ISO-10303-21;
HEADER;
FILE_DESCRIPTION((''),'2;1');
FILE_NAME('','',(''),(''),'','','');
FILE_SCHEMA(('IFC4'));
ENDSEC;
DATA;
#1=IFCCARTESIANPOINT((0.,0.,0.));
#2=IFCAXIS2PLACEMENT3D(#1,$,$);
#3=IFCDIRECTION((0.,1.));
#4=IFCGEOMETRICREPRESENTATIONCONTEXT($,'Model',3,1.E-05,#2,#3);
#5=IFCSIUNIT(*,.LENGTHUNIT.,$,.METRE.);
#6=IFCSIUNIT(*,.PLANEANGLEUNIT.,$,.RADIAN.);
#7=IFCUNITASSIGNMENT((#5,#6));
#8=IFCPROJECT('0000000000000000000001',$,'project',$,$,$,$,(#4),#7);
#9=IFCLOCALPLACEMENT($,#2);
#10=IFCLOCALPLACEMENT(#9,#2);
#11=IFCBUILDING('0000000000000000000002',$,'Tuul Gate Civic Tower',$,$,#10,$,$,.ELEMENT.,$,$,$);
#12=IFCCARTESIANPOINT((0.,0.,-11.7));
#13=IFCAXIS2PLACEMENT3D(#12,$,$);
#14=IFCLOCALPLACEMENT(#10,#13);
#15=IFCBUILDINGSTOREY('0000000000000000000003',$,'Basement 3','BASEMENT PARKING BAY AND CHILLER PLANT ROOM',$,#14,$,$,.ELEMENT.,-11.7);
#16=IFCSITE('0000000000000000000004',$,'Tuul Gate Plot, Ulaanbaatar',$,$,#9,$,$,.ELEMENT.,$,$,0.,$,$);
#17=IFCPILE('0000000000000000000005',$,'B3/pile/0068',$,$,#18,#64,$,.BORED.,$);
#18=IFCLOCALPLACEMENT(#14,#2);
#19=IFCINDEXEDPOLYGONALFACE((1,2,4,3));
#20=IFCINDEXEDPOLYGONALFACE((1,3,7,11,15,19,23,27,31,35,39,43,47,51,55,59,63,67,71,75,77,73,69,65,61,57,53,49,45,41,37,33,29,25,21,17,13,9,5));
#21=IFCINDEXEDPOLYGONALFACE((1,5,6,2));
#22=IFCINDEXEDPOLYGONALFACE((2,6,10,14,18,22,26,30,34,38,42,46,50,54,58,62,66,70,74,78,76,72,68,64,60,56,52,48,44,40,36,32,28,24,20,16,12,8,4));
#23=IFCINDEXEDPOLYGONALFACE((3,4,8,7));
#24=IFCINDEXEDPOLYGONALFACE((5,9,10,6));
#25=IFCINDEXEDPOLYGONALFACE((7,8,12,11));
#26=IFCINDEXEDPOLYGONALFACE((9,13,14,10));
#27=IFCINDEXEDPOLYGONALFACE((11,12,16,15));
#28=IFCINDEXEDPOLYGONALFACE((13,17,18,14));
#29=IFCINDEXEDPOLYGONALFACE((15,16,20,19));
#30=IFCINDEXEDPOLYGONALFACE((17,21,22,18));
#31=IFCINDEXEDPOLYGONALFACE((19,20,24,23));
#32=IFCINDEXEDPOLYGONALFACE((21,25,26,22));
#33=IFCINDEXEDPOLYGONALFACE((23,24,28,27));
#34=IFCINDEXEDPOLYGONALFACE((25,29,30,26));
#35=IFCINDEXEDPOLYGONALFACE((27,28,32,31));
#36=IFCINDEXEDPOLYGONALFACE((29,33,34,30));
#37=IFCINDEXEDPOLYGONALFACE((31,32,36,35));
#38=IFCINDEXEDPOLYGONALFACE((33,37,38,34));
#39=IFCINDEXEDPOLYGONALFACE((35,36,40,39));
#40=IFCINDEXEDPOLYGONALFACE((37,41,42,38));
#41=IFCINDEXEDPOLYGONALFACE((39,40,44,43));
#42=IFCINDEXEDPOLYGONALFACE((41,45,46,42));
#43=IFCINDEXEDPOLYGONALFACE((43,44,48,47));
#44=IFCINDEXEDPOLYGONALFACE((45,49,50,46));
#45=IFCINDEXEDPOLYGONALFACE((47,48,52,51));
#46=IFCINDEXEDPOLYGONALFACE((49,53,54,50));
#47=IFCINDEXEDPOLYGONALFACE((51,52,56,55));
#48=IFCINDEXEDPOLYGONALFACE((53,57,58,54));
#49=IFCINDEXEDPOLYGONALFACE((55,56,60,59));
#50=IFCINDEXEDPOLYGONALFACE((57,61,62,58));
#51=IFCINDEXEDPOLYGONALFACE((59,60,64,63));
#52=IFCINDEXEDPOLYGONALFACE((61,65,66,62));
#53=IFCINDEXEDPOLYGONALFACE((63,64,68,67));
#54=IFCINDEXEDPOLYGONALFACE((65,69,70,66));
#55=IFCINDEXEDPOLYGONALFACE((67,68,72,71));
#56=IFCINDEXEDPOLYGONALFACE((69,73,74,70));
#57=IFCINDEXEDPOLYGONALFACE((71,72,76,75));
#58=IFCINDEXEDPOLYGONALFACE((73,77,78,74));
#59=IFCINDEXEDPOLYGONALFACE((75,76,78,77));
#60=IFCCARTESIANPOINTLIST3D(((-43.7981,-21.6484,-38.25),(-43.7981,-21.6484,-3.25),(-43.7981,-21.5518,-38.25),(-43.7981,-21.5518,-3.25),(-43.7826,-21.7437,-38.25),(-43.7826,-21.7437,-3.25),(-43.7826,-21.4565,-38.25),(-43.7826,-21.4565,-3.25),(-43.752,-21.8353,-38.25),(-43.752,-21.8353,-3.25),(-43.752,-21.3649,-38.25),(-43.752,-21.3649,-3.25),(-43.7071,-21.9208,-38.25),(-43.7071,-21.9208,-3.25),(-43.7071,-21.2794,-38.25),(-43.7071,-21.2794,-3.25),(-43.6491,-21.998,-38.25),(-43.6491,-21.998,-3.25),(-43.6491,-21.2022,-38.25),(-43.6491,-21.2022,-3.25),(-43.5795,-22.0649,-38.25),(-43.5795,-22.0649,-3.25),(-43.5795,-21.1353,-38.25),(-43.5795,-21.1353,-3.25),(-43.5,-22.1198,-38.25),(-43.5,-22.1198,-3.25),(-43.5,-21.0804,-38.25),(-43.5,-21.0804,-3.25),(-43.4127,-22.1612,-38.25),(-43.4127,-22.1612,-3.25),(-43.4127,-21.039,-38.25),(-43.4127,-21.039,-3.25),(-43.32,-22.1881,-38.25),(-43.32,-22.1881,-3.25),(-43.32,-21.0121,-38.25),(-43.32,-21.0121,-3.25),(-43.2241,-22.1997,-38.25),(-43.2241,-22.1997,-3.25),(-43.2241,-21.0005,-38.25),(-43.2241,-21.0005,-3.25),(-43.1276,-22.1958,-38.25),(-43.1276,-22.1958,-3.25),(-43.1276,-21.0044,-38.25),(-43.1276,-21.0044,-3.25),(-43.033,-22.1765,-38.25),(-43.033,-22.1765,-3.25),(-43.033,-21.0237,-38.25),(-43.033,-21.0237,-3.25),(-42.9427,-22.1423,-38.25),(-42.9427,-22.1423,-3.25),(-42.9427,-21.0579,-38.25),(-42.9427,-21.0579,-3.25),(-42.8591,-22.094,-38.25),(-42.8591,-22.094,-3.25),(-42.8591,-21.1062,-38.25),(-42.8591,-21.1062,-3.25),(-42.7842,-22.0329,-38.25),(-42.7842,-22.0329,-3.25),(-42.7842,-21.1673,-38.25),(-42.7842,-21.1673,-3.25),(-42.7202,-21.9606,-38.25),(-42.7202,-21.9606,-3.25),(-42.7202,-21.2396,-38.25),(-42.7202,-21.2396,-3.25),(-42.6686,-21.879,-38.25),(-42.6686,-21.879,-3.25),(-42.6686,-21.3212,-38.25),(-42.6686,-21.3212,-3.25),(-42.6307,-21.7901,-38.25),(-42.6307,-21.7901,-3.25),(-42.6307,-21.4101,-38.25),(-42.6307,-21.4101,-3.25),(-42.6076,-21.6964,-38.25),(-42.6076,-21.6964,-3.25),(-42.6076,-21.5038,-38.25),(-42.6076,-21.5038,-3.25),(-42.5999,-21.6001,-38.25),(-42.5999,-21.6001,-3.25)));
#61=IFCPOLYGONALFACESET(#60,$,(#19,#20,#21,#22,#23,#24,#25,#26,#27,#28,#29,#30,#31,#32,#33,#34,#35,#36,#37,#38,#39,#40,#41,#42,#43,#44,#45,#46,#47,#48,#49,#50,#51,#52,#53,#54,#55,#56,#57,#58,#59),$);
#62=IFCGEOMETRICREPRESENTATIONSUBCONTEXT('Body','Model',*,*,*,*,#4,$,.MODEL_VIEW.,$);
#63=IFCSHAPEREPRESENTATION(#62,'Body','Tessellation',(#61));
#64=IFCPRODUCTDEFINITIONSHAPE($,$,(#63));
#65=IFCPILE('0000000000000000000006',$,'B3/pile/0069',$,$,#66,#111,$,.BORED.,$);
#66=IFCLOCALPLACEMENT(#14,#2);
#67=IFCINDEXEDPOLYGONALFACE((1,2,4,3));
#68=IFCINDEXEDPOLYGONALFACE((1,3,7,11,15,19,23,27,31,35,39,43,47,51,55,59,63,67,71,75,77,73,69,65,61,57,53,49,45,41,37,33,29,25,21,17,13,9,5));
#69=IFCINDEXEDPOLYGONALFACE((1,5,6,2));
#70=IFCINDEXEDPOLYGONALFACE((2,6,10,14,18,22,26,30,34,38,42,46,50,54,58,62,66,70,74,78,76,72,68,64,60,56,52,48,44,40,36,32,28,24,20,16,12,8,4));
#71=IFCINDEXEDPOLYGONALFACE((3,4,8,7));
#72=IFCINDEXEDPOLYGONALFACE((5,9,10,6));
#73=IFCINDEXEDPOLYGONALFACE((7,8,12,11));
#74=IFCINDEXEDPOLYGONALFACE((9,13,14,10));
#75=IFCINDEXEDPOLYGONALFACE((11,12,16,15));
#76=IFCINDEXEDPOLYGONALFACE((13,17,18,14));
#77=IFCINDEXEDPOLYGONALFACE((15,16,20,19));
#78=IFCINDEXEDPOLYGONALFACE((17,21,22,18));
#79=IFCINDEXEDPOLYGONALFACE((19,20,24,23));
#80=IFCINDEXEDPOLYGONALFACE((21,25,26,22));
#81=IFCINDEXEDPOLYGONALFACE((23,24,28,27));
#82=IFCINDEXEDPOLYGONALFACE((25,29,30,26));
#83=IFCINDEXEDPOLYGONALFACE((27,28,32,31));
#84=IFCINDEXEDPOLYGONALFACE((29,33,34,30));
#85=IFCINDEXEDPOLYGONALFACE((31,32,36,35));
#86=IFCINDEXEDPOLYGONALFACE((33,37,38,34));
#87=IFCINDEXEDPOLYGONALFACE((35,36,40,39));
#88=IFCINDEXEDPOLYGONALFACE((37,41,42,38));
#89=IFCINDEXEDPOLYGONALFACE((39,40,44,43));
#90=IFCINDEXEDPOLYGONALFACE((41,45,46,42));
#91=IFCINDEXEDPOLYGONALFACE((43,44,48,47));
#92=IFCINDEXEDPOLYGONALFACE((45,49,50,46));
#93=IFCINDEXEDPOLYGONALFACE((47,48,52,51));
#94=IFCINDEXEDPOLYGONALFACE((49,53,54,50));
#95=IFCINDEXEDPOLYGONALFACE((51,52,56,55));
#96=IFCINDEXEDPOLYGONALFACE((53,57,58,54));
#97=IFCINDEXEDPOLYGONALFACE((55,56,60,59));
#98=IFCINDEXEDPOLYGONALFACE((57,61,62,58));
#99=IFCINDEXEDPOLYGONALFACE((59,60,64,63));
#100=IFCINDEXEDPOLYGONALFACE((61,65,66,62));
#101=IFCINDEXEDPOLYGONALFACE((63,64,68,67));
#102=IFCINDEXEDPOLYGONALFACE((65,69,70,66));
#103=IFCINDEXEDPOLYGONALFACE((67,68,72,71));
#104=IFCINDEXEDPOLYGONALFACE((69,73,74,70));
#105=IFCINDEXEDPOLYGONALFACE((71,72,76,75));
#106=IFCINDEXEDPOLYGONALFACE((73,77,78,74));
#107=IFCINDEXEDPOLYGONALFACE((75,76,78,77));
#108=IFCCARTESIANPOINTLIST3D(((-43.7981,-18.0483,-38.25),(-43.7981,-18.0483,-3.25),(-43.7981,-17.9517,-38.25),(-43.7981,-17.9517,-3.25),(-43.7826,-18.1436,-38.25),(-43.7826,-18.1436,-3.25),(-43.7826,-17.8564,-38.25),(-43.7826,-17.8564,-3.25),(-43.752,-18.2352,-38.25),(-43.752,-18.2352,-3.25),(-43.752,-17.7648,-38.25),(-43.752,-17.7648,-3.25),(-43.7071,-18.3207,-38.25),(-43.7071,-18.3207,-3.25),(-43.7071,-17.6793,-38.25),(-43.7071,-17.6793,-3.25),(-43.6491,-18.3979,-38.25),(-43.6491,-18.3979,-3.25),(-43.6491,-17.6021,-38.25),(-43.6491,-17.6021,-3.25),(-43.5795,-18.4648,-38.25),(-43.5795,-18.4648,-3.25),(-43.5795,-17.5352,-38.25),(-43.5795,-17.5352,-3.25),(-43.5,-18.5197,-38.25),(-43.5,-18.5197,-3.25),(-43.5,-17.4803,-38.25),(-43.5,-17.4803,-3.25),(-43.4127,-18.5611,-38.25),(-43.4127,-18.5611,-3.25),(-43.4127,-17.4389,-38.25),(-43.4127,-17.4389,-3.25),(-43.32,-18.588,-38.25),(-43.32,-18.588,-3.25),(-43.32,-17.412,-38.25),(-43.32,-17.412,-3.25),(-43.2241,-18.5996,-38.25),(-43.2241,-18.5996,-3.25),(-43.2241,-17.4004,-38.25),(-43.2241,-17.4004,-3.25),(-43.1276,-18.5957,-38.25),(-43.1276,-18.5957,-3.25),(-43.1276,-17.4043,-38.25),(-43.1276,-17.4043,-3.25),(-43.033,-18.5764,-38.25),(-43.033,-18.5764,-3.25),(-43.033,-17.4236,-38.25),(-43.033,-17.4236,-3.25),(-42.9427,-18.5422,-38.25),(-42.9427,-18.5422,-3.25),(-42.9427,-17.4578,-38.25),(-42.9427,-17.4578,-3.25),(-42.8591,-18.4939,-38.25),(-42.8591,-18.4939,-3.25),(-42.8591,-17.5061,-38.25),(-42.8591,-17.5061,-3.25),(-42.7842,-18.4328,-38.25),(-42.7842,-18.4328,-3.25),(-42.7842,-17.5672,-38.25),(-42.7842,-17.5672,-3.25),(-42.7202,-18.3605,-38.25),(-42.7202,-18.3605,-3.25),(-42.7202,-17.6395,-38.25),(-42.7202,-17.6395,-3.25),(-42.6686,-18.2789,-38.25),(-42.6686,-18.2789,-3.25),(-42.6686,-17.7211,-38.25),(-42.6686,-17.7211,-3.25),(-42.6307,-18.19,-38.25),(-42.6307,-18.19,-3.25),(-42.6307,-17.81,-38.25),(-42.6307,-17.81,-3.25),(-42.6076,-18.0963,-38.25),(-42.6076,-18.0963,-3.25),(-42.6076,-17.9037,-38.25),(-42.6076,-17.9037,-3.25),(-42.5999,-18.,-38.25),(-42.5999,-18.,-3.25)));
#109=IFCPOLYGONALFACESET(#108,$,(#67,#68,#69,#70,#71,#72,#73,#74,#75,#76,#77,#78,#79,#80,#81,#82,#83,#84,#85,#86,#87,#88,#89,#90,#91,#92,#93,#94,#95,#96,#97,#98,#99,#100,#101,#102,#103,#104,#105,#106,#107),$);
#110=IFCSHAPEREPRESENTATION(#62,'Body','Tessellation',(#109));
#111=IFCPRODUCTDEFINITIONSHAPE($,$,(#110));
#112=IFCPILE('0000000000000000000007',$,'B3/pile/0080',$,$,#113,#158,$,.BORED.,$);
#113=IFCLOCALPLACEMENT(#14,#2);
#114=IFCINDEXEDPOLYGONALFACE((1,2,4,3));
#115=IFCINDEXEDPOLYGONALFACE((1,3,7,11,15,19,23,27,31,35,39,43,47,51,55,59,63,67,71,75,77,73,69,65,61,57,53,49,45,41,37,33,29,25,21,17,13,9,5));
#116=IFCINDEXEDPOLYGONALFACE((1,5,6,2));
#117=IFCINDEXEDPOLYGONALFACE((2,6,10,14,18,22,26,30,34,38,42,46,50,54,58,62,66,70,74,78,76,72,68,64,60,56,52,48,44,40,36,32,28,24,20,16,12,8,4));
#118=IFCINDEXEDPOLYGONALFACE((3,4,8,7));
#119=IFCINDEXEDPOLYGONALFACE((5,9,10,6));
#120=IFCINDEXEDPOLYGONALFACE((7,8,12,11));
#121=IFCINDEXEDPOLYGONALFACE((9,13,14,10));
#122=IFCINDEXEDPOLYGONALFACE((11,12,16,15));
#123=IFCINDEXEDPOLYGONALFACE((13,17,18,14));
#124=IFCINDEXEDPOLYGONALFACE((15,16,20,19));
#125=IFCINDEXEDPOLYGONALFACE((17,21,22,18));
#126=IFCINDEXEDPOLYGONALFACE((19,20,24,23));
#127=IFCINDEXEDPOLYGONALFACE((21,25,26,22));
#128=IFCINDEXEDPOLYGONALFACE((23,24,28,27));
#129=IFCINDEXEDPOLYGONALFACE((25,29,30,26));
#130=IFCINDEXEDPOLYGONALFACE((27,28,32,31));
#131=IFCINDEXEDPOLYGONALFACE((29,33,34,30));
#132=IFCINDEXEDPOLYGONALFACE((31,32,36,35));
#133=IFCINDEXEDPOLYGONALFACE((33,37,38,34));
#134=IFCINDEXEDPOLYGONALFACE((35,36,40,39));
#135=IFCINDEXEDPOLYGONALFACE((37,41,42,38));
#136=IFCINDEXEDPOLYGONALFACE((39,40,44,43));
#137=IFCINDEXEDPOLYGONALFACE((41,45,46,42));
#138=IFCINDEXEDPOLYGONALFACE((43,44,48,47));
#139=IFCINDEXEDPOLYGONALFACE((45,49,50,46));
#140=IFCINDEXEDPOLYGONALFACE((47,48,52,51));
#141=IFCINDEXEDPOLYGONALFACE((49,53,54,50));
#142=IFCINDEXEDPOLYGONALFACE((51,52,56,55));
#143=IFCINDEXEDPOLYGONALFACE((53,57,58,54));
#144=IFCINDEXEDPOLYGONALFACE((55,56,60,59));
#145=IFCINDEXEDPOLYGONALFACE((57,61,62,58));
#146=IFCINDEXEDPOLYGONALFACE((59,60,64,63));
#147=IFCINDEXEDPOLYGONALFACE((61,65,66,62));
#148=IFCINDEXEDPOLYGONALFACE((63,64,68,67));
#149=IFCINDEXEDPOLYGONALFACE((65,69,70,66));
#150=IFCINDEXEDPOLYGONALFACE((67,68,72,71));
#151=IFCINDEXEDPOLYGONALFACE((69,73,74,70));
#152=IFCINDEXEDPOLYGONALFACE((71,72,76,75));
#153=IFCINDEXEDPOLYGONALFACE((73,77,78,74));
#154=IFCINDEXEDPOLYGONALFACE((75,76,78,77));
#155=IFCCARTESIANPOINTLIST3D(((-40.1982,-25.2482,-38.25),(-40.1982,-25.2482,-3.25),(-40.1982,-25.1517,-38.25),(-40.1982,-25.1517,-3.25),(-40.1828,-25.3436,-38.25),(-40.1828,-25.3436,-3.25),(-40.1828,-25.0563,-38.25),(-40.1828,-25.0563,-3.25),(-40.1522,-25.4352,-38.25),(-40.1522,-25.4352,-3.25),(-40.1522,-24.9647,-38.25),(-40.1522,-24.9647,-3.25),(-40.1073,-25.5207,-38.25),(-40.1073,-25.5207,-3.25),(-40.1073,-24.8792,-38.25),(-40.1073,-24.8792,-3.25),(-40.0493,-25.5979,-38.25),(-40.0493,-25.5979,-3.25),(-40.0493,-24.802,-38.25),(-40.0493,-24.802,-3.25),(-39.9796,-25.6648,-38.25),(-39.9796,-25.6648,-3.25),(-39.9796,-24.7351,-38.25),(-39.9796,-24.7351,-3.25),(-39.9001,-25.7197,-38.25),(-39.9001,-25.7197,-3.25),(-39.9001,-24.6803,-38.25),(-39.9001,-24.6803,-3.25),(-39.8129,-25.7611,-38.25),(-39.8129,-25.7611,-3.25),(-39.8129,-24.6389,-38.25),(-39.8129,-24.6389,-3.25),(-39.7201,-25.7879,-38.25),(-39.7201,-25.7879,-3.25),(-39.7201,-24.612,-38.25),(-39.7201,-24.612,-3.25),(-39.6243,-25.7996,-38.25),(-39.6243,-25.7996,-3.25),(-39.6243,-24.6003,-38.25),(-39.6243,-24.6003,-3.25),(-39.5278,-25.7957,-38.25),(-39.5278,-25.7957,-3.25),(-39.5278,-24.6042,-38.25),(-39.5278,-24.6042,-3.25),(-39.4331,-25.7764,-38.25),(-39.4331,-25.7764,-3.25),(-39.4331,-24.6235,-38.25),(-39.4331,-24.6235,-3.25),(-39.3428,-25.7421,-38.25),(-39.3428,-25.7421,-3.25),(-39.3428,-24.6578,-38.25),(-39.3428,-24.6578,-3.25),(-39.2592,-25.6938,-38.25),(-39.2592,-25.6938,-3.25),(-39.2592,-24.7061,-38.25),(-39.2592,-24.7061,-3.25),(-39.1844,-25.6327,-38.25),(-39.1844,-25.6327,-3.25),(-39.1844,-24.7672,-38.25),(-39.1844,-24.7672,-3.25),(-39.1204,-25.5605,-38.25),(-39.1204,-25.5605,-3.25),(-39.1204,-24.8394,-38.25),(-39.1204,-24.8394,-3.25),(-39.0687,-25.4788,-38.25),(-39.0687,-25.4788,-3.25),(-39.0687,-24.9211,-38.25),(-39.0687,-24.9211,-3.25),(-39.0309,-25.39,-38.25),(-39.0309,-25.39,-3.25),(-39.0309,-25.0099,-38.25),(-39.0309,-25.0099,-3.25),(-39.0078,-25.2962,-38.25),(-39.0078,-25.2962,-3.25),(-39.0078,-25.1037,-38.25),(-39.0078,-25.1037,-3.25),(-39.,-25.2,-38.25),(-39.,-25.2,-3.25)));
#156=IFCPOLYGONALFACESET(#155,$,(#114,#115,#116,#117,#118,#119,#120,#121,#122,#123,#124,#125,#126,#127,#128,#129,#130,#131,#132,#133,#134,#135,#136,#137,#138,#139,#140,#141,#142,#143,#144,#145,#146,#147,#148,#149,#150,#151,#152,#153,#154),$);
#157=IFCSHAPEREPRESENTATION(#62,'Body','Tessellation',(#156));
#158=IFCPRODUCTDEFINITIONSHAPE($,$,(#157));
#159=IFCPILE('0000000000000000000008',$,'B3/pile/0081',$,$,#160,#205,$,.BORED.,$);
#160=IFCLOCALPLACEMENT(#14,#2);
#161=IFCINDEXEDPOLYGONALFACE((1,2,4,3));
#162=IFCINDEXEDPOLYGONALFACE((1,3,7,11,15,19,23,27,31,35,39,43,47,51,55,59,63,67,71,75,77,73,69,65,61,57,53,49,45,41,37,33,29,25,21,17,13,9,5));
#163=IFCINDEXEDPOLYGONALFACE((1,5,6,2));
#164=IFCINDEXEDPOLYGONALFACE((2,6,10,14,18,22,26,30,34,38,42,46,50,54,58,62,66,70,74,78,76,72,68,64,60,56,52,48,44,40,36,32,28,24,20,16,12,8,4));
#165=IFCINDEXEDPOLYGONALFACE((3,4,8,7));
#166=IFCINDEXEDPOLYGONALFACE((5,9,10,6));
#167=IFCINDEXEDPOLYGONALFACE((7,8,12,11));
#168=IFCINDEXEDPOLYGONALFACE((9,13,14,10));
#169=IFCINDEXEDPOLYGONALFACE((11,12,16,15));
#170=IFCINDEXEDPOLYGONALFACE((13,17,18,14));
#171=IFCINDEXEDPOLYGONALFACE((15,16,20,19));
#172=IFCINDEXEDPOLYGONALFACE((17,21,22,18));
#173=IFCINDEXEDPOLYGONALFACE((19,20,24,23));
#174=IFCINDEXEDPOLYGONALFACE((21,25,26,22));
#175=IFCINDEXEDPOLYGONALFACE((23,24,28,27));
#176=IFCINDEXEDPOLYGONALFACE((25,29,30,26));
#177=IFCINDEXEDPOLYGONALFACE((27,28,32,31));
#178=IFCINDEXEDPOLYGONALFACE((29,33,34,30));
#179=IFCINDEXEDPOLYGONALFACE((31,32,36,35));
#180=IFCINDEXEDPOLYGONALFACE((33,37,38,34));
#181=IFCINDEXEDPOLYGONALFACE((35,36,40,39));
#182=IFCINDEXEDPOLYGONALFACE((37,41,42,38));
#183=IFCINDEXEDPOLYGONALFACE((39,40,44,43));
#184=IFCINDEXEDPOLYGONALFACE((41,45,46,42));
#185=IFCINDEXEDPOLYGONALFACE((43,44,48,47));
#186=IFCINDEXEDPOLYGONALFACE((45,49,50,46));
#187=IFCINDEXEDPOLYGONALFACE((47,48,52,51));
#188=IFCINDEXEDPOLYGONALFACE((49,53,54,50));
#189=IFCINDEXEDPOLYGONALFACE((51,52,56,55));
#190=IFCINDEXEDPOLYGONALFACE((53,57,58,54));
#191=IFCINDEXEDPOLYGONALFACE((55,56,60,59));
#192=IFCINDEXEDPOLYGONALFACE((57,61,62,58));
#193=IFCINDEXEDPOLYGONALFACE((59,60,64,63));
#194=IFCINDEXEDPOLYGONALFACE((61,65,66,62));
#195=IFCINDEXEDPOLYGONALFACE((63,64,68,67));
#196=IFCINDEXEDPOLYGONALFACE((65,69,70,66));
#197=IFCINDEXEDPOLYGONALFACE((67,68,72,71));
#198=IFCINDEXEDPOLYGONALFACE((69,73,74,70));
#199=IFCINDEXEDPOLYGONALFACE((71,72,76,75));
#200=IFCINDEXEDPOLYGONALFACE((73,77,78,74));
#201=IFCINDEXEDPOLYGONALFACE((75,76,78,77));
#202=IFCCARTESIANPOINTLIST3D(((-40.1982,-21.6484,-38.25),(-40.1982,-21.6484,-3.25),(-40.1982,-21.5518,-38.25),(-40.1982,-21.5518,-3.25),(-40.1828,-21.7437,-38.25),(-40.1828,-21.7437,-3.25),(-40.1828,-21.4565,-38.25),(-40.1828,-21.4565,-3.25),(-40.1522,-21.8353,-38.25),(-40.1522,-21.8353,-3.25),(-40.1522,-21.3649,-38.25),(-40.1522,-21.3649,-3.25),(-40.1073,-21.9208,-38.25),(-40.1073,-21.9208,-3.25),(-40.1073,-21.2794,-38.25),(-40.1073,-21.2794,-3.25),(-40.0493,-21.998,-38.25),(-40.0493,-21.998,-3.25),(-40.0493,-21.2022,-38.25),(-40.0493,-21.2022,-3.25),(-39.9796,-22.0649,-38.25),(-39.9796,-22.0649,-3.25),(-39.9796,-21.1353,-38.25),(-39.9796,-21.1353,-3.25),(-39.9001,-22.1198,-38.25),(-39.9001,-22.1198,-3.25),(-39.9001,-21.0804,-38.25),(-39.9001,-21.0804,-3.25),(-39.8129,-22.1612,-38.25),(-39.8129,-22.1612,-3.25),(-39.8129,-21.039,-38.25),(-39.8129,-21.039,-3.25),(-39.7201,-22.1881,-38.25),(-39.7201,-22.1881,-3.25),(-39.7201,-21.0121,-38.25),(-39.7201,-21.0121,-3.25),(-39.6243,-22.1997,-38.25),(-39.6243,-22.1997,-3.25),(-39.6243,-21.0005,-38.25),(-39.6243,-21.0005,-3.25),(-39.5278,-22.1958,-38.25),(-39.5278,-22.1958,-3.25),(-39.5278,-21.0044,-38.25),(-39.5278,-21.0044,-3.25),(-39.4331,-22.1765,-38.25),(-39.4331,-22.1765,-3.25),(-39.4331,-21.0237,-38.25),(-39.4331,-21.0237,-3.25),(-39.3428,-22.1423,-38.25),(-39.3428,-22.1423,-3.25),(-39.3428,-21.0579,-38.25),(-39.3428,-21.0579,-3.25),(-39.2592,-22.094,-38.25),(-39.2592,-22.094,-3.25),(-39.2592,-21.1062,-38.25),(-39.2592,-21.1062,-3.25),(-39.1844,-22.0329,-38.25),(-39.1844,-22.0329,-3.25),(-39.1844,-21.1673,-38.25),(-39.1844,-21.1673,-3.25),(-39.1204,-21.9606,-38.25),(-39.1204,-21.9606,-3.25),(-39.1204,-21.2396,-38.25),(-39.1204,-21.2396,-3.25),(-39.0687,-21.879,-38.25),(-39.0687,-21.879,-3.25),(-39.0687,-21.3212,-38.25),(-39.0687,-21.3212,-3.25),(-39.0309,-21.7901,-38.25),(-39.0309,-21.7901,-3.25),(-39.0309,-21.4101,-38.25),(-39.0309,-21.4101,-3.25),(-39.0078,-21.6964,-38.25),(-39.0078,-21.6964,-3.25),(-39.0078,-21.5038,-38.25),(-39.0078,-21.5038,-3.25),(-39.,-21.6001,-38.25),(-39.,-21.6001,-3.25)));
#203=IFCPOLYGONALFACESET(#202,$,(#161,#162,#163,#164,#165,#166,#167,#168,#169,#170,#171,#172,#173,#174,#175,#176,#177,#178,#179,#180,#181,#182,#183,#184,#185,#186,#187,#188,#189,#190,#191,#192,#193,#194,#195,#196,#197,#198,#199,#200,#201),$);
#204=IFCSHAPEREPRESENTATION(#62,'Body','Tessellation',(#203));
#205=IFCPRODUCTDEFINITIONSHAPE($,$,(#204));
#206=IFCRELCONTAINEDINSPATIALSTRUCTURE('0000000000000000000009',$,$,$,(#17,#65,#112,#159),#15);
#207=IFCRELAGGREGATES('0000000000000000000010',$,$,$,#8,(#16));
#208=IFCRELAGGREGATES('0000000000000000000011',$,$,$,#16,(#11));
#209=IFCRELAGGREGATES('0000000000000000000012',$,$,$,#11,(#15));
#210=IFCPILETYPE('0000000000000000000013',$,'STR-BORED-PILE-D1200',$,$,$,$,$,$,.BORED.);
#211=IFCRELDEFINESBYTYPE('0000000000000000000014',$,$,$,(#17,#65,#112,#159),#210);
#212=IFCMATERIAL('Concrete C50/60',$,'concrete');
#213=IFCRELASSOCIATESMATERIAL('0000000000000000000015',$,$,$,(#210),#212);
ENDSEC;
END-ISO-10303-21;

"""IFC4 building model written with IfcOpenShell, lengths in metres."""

from ifc_helpers import new_model, si_unit, direction, frame, origin, origin_2d, place, context, subcontext, project, spatial, circle, extrude, material, material_profile, profile_set, type_object, element, save


model = new_model("IFC4")

# Units and contexts
model_context = context("Model", 3, precision=1e-05, world=origin(), true_north=direction((0.0, 1.0)))
body_context = subcontext(model_context, "Body", "Model", "MODEL_VIEW")
ifc_project = project(units=[si_unit("LENGTHUNIT", "METRE"), si_unit("PLANEANGLEUNIT", "RADIAN")], contexts=[model_context])

# Site, building, storey
site_placement = place(None, origin())
site = spatial("IfcSite", under=ifc_project, at=site_placement, Name="Tuul Gate Plot, Ulaanbaatar", CompositionType="ELEMENT", RefElevation=0.0)
building_placement = place(site_placement, origin())
building = spatial("IfcBuilding", under=site, at=building_placement, Name="Tuul Gate Civic Tower", CompositionType="ELEMENT")
storey_placement = place(building_placement, frame((0.0, 0.0, -11.7)))
storey = spatial("IfcBuildingStorey", under=building, at=storey_placement, Name="Basement 3", Description="BASEMENT PARKING BAY AND CHILLER PLANT ROOM", CompositionType="ELEMENT", Elevation=-11.7)

# Piles
ifc_material_1 = material(Name="Concrete C50/60", Category="concrete")
ifc_material_profile_1 = material_profile(ifc_material_1, circle(Radius=0.6001, at=origin_2d()), Name="PILE1200")
ifc_profile_set_1 = profile_set([ifc_material_profile_1], Name="Concrete C50/60")
pile_type = type_object("IfcPileType", Name="STR-BORED-PILE-D1200", PredefinedType="BORED", material=ifc_profile_set_1)
for number, where, z_axis, x_axis, name in (
    (1, (-43.2, -21.6001, -3.25), (0.0, 0.0, -1.0), (1.0, 0.0, 0.0), "B3/pile/0068"),
    (2, (-43.2, -18.0, -3.25), (0.0, 0.0, -1.0), (1.0, 0.0, 0.0), "B3/pile/0069"),
    (3, (-39.6001, -25.2, -3.25), (0.0, 0.0, -1.0), (1.0, 0.0, 0.0), "B3/pile/0080"),
    (4, (-39.6001, -21.6001, -3.25), (0.0, 0.0, -1.0), (1.0, 0.0, 0.0), "B3/pile/0081"),
):
    element("IfcPile", number, at=place(storey_placement, frame(where, z_axis=z_axis, x_axis=x_axis)), inside=storey, type_object=pile_type, Name=name, PredefinedType="BORED", context=body_context, shape_type="SweptSolid", body=[
        extrude(circle(Radius=0.6001, at=origin_2d()), origin(), (0.0, 0.0, 1.0), 35.0),
    ])

save(model, "model.ifc")
